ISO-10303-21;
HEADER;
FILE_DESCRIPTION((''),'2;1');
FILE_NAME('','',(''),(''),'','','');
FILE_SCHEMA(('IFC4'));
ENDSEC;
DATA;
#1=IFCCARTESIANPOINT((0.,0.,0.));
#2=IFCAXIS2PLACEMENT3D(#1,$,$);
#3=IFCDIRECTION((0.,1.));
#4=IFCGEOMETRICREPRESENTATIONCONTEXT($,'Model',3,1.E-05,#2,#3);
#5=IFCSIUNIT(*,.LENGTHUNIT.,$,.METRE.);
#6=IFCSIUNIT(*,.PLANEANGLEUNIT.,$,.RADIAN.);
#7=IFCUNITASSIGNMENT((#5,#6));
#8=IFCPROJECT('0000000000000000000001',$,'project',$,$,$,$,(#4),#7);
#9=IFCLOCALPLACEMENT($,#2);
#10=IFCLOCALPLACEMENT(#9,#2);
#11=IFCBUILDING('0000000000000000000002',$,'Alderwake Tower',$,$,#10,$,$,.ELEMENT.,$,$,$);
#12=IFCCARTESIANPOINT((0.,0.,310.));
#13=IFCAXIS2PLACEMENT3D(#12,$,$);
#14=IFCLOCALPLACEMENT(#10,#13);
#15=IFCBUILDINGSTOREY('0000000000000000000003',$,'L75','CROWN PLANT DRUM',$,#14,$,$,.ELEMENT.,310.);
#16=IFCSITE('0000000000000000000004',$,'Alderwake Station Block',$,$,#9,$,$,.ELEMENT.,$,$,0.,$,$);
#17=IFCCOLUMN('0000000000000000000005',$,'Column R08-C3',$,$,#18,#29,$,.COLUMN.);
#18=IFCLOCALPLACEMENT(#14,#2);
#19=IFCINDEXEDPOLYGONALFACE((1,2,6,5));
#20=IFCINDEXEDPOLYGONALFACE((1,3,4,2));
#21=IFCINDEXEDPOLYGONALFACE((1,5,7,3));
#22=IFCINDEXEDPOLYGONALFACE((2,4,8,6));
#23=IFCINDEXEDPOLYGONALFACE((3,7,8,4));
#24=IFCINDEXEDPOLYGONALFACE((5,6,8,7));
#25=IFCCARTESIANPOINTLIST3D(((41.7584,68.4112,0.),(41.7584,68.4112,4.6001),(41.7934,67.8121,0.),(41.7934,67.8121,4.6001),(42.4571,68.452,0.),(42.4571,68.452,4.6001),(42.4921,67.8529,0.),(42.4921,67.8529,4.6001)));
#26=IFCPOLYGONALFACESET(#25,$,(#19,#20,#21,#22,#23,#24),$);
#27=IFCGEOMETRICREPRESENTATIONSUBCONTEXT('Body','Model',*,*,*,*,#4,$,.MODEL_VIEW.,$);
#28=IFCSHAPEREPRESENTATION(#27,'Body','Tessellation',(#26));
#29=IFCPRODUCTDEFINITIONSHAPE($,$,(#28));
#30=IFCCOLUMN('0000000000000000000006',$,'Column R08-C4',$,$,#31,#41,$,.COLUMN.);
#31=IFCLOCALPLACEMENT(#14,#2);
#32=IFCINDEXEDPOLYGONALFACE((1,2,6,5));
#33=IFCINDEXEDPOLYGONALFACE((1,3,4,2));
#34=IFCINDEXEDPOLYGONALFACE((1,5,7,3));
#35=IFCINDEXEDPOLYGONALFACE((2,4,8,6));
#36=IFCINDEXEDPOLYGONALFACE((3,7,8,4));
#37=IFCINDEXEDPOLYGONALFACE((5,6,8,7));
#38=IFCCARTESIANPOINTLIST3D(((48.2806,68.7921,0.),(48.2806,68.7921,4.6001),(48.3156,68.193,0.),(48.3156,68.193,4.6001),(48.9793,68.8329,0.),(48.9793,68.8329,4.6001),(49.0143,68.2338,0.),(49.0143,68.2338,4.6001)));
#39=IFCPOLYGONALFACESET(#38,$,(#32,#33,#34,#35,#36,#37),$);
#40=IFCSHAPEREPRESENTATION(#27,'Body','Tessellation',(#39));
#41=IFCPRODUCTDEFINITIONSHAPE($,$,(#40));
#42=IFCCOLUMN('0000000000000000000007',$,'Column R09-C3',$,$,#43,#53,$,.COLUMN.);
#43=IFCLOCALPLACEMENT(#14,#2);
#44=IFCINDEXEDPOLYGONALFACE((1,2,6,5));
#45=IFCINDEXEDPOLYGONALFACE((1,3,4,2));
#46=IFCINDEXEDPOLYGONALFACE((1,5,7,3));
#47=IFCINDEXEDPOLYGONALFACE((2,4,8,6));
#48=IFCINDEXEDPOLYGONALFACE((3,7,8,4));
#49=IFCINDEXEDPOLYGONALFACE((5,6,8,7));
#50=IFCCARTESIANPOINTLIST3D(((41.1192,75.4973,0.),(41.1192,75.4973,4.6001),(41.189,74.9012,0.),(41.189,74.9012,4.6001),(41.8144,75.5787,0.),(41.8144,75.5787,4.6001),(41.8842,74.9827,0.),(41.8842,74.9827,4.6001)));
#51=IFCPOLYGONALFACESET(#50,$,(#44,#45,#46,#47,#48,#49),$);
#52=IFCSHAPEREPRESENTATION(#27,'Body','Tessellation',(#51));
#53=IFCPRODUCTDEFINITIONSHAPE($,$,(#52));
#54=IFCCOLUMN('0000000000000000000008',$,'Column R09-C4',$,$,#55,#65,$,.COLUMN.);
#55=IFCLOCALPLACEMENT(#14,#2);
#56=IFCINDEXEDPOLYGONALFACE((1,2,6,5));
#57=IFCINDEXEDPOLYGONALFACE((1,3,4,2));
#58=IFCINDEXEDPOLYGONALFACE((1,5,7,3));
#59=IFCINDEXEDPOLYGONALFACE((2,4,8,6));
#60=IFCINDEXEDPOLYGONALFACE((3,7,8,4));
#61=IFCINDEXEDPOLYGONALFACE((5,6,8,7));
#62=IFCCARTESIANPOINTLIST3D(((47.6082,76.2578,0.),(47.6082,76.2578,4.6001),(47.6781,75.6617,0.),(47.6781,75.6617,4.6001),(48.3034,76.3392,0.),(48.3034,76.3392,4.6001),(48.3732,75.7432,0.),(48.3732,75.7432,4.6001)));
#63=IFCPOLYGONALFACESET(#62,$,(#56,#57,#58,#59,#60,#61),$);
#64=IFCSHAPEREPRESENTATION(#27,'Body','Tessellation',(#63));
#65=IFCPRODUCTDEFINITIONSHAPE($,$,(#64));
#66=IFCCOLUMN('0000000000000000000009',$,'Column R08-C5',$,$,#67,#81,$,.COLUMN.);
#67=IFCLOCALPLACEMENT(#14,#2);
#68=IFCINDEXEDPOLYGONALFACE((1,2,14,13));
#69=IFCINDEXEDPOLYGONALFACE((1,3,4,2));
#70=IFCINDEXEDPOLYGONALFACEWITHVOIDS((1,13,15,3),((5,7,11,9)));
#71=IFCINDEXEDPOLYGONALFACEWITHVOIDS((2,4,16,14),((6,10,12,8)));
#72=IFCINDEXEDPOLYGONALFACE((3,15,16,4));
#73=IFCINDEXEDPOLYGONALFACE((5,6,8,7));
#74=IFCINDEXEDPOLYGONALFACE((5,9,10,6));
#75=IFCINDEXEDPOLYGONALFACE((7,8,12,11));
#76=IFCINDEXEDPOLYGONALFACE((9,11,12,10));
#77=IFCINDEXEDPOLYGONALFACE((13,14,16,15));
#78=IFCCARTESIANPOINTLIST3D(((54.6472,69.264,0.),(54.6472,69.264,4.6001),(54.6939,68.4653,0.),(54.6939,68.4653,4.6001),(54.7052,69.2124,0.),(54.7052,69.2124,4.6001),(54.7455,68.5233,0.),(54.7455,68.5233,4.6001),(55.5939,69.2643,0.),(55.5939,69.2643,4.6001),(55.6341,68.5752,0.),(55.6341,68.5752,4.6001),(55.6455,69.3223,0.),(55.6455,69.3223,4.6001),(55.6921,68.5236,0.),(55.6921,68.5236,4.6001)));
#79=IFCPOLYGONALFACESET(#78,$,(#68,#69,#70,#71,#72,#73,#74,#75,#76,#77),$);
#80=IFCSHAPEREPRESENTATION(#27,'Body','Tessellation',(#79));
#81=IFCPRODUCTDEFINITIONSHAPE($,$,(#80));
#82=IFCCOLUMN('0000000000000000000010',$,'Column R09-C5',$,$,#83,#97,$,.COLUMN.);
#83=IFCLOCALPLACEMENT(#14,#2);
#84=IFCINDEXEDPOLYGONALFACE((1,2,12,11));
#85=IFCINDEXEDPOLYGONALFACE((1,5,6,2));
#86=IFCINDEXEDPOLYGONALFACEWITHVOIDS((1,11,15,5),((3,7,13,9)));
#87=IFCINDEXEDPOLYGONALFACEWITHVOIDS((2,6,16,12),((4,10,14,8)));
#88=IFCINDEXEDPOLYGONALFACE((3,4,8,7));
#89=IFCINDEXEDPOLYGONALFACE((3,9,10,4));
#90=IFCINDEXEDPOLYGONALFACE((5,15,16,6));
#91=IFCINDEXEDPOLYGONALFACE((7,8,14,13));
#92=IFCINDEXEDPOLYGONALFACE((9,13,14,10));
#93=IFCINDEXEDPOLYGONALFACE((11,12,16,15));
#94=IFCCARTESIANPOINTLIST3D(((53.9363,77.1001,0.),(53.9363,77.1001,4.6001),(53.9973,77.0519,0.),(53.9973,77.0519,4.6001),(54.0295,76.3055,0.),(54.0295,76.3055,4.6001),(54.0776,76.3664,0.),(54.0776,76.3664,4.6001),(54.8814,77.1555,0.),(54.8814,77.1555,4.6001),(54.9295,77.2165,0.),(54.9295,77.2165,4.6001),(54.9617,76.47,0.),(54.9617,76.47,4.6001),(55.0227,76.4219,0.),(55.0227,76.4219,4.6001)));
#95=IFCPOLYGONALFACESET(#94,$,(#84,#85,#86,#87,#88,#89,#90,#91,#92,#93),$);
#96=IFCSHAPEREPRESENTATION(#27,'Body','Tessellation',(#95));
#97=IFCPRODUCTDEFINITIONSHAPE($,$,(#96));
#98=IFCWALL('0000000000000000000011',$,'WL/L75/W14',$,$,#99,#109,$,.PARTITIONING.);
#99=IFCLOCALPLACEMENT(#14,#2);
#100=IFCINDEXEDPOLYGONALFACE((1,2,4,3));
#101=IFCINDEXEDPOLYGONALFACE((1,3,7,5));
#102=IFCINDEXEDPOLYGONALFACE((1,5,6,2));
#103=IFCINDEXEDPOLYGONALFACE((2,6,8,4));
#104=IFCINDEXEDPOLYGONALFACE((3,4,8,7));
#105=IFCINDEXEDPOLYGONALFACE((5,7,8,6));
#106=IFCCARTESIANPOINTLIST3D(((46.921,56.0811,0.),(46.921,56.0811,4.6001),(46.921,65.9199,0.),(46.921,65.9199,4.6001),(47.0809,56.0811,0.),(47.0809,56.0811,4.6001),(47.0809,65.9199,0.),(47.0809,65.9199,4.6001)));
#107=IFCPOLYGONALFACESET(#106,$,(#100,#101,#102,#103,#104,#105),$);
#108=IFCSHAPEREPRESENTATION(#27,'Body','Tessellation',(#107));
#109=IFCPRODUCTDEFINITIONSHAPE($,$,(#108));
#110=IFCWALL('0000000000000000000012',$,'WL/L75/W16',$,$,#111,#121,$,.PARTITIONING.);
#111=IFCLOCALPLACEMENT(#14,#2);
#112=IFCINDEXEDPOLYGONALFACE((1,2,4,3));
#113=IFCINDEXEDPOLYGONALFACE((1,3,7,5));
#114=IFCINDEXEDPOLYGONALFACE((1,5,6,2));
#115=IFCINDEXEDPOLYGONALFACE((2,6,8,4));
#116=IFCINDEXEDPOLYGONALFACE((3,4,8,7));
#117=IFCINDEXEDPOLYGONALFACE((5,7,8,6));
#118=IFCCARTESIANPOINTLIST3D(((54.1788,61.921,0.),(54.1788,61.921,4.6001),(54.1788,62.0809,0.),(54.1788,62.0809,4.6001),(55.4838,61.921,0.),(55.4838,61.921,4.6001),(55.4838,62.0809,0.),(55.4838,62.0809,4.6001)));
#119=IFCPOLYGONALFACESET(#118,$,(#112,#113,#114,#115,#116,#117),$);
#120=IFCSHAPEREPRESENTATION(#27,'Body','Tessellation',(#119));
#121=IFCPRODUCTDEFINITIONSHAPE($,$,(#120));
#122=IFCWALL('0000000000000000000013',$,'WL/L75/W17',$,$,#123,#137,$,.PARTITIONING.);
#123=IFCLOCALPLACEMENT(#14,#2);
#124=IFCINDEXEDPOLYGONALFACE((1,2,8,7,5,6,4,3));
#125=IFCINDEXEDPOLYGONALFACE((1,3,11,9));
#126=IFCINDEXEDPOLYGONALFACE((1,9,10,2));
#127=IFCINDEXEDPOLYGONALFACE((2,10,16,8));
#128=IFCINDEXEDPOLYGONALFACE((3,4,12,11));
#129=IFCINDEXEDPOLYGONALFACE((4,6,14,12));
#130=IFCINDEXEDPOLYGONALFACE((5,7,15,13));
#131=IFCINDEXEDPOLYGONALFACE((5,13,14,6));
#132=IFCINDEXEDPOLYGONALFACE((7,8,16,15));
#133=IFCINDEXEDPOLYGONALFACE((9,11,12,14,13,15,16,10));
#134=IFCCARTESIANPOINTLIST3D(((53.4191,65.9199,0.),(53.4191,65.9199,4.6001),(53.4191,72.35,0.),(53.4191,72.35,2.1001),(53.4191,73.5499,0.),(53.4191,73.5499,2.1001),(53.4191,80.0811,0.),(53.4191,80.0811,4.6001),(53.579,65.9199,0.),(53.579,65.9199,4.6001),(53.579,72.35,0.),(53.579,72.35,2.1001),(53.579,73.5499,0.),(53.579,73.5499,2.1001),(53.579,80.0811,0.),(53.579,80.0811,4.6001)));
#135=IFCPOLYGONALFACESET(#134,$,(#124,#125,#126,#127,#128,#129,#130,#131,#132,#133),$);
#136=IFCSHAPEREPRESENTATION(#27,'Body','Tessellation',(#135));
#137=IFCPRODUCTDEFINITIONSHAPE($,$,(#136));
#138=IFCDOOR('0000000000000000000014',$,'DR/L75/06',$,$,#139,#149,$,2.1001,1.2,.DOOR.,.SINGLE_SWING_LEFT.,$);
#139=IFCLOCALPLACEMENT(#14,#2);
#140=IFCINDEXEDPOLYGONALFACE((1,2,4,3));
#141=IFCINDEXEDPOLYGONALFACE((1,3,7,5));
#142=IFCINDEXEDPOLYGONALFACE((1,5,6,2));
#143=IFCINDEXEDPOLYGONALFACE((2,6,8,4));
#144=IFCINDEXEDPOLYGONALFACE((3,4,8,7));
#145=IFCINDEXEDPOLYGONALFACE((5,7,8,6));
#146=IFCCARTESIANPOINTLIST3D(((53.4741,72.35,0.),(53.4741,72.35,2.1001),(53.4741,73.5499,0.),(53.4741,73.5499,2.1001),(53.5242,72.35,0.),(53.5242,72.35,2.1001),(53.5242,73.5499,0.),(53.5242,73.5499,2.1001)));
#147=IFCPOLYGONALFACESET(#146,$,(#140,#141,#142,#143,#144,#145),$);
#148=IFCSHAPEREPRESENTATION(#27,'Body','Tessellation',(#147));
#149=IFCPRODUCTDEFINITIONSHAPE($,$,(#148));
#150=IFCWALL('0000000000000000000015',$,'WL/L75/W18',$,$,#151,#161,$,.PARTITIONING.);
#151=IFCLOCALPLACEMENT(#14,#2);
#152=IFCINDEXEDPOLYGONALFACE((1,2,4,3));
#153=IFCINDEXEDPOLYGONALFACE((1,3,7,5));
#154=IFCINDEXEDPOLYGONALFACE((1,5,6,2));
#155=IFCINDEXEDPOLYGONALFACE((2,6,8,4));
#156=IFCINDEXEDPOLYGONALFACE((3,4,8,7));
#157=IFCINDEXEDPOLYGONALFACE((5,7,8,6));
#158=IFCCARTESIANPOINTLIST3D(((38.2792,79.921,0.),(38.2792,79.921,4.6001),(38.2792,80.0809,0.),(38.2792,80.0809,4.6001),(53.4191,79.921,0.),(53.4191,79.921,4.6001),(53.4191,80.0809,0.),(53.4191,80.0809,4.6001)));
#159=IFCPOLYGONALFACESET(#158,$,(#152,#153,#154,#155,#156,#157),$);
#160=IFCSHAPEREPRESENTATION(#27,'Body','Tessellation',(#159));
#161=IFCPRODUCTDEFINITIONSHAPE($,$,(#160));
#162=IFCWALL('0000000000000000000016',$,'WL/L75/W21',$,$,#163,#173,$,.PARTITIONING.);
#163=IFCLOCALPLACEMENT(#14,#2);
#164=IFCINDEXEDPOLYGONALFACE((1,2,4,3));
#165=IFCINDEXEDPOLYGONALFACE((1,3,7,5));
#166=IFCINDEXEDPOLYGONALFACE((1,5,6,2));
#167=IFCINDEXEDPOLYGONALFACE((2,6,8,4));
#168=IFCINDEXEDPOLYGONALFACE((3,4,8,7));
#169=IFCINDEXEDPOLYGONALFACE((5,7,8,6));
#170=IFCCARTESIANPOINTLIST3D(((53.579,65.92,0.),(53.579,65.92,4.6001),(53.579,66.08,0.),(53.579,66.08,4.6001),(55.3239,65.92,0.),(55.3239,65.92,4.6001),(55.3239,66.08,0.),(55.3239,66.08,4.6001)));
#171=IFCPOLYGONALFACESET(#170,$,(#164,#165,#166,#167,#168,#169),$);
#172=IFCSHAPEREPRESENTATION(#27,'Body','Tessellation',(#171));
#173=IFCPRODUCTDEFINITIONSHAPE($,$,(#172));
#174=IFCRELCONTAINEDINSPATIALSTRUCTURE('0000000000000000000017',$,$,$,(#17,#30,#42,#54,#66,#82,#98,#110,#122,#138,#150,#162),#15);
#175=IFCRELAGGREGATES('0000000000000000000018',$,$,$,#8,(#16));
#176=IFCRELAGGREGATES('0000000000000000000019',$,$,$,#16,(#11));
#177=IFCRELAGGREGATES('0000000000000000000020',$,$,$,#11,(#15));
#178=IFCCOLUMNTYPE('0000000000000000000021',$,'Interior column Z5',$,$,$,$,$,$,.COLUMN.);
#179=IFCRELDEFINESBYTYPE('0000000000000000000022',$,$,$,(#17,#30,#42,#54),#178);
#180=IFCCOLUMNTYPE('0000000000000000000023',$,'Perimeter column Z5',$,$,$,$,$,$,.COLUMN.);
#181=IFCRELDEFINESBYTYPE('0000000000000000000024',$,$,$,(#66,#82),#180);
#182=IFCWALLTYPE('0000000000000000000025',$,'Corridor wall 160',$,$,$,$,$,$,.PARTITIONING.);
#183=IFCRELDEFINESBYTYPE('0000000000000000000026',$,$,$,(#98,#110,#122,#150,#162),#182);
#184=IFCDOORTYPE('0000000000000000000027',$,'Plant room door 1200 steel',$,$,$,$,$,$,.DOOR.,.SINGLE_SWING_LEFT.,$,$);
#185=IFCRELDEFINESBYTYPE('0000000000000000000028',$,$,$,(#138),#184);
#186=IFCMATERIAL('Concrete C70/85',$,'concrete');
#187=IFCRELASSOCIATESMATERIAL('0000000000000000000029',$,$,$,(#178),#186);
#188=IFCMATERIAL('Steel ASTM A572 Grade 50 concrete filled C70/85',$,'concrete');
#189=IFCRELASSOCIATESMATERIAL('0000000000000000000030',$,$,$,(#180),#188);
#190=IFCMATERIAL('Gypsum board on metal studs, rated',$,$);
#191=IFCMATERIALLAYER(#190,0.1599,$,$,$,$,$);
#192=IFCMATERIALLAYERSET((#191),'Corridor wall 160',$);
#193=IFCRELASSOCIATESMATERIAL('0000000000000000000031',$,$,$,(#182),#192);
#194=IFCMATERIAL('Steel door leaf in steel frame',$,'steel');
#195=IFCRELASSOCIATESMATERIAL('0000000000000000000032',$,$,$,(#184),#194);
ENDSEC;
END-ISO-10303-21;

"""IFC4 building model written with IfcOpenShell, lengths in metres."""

from ifc_helpers import new_model, si_unit, direction, frame, frame_2d, origin, origin_2d, place, context, subcontext, project, spatial, rectangle, hollow_rectangle, extrude, material, layer, layer_set, material_profile, profile_set, type_object, element, fill, save


model = new_model("IFC4")

# Units and contexts
model_context = context("Model", 3, precision=1e-05, world=origin(), true_north=direction((0.0, 1.0)))
body_context = subcontext(model_context, "Body", "Model", "MODEL_VIEW")
ifc_project = project(units=[si_unit("LENGTHUNIT", "METRE"), si_unit("PLANEANGLEUNIT", "RADIAN")], contexts=[model_context])

# Site, building, storey
site_placement = place(None, origin())
site = spatial("IfcSite", under=ifc_project, at=site_placement, Name="Alderwake Station Block", CompositionType="ELEMENT", RefElevation=0.0)
building_placement = place(site_placement, origin())
building = spatial("IfcBuilding", under=site, at=building_placement, Name="Alderwake Tower", CompositionType="ELEMENT")
storey_placement = place(building_placement, frame((0.0, 0.0, 310.0)))
storey = spatial("IfcBuildingStorey", under=building, at=storey_placement, Name="L75", Description="CROWN PLANT DRUM", CompositionType="ELEMENT", Elevation=310.0)

# Columns
ifc_material_1 = material(Name="Concrete C70/85", Category="concrete")
ifc_material_profile_1 = material_profile(ifc_material_1, rectangle(XDim=0.6001, YDim=0.7, at=origin_2d()), Name="RC 700X600")
ifc_profile_set_1 = profile_set([ifc_material_profile_1], Name="Concrete C70/85")
column_type_1 = type_object("IfcColumnType", Name="Interior column Z5", PredefinedType="COLUMN", material=ifc_profile_set_1)
for number, where, z_axis, x_axis, name in (
    (1, (42.1252, 68.1321, 0.0), (0.0, 0.0, 1.0), (-0.058301, 0.998299, 0.0), "Column R08-C3"),
    (2, (48.6475, 68.5129, 0.0), (0.0, 0.0, 1.0), (-0.058301, 0.998299, 0.0), "Column R08-C4"),
    (3, (41.5017, 75.24, 0.0), (0.0, 0.0, 1.0), (-0.116402, 0.993202, 0.0), "Column R09-C3"),
    (4, (47.9907, 76.0005, 0.0), (0.0, 0.0, 1.0), (-0.116402, 0.993202, 0.0), "Column R09-C4"),
):
    element("IfcColumn", number, at=place(storey_placement, frame(where, z_axis=z_axis, x_axis=x_axis)), inside=storey, type_object=column_type_1, Name=name, PredefinedType="COLUMN", context=body_context, shape_type="SweptSolid", body=[
        extrude(rectangle(XDim=0.6001, YDim=0.7, at=origin_2d()), origin(), (0.0, 0.0, 1.0), 4.6001),
    ])
ifc_material_2 = material(Name="Steel ASTM A572 Grade 50 concrete filled C70/85", Category="concrete")
ifc_material_profile_2 = material_profile(ifc_material_2, hollow_rectangle(XDim=0.8, YDim=1.0, WallThickness=0.0549, at=origin_2d()), Name="BOX 1000X800X55")
ifc_profile_set_2 = profile_set([ifc_material_profile_2], Name="Steel ASTM A572 Grade 50 concrete filled C70/85")
column_type_2 = type_object("IfcColumnType", Name="Perimeter column Z5", PredefinedType="COLUMN", material=ifc_profile_set_2)
for number, where, z_axis, x_axis, name in (
    (5, (55.1697, 68.8938, 0.0), (0.0, 0.0, 1.0), (-0.058301, 0.998299, 0.0), "Column R08-C5"),
    (6, (54.4795, 76.761, 0.0), (0.0, 0.0, 1.0), (-0.116402, 0.993202, 0.0), "Column R09-C5"),
):
    element("IfcColumn", number, at=place(storey_placement, frame(where, z_axis=z_axis, x_axis=x_axis)), inside=storey, type_object=column_type_2, Name=name, PredefinedType="COLUMN", context=body_context, shape_type="SweptSolid", body=[
        extrude(hollow_rectangle(XDim=0.8, YDim=1.0, WallThickness=0.0549, at=origin_2d()), origin(), (0.0, 0.0, 1.0), 4.6001),
    ])

# Walls
ifc_material_3 = material(Name="Gypsum board on metal studs, rated")
ifc_layer_1 = layer(ifc_material_3, 0.1599)
ifc_layer_set_1 = layer_set([ifc_layer_1], Name="Corridor wall 160")
wall_type_1 = type_object("IfcWallType", Name="Corridor wall 160", PredefinedType="PARTITIONING", material=ifc_layer_set_1)
wall_1_placement = place(storey_placement, frame((47.001, 65.9199, 0.0), z_axis=(0.0, 0.0, 1.0), x_axis=(0.0, -1.0, 0.0)))
element("IfcWall", 7, at=wall_1_placement, inside=storey, type_object=wall_type_1, Name="WL/L75/W14", PredefinedType="PARTITIONING", context=body_context, shape_type="SweptSolid", body=[
    extrude(rectangle(XDim=9.8389, YDim=0.1599, at=frame_2d((4.9194, 0.0))), origin(), (0.0, 0.0, 1.0), 4.6001),
])
wall_2_placement = place(storey_placement, frame((54.179, 62.001, 0.0), z_axis=(0.0, 0.0, 1.0), x_axis=(1.0, 0.0, 0.0)))
element("IfcWall", 8, at=wall_2_placement, inside=storey, type_object=wall_type_1, Name="WL/L75/W16", PredefinedType="PARTITIONING", context=body_context, shape_type="SweptSolid", body=[
    extrude(rectangle(XDim=1.3049, YDim=0.1599, at=frame_2d((0.6523, 0.0))), origin(), (0.0, 0.0, 1.0), 4.6001),
])

# Wall, opening, door
wall_3_placement = place(storey_placement, frame((53.499, 65.9199, 0.0), z_axis=(0.0, 0.0, 1.0), x_axis=(0.0, 1.0, 0.0)))
wall_3 = element("IfcWall", 9, at=wall_3_placement, inside=storey, type_object=wall_type_1, Name="WL/L75/W17", PredefinedType="PARTITIONING", context=body_context, shape_type="SweptSolid", body=[
    extrude(rectangle(XDim=14.1611, YDim=0.1599, at=frame_2d((7.0806, 0.0))), origin(), (0.0, 0.0, 1.0), 4.6001),
])
opening_1_placement = place(wall_3_placement, frame((6.4299, 0.0, 0.0)))
opening_1 = element("IfcOpeningElement", 10, at=opening_1_placement, cuts=wall_3, PredefinedType="OPENING", context=body_context, shape_type="SweptSolid", body=[
    extrude(rectangle(XDim=1.2, YDim=2.1001, at=frame_2d((0.6001, 1.05))), frame((0.0, 0.0898, 0.0), z_axis=(0.0, -1.0, 0.0), x_axis=(1.0, 0.0, 0.0)), (0.0, 0.0, 1.0), 0.1799),
])
ifc_material_4 = material(Name="Steel door leaf in steel frame", Category="steel")
door_type = type_object("IfcDoorType", Name="Plant room door 1200 steel", OperationType="SINGLE_SWING_LEFT", PredefinedType="DOOR", material=ifc_material_4)
door_placement = place(opening_1_placement, origin())
door = element("IfcDoor", 11, at=door_placement, inside=storey, type_object=door_type, Name="DR/L75/06", OperationType="SINGLE_SWING_LEFT", OverallHeight=2.1001, OverallWidth=1.2, PredefinedType="DOOR", context=body_context, shape_type="SweptSolid", body=[
    extrude(rectangle(XDim=1.2, YDim=2.1001, at=frame_2d((0.6001, 1.05))), frame((0.0, 0.0249, 0.0), z_axis=(0.0, -1.0, 0.0), x_axis=(1.0, 0.0, 0.0)), (0.0, 0.0, 1.0), 0.05),
])
fill(opening_1, door)

# Walls
wall_4_placement = place(storey_placement, frame((53.4189, 80.001, 0.0), z_axis=(0.0, 0.0, 1.0), x_axis=(-1.0, 0.0, 0.0)))
element("IfcWall", 12, at=wall_4_placement, inside=storey, type_object=wall_type_1, Name="WL/L75/W18", PredefinedType="PARTITIONING", context=body_context, shape_type="SweptSolid", body=[
    extrude(rectangle(XDim=15.1399, YDim=0.1599, at=frame_2d((7.5698, 0.0))), origin(), (0.0, 0.0, 1.0), 4.6001),
])
wall_5_placement = place(storey_placement, frame((55.324, 66.0, 0.0), z_axis=(0.0, 0.0, 1.0), x_axis=(-1.0, 0.0, 0.0)))
element("IfcWall", 13, at=wall_5_placement, inside=storey, type_object=wall_type_1, Name="WL/L75/W21", PredefinedType="PARTITIONING", context=body_context, shape_type="SweptSolid", body=[
    extrude(rectangle(XDim=1.7449, YDim=0.1599, at=frame_2d((0.8726, 0.0))), origin(), (0.0, 0.0, 1.0), 4.6001),
])

save(model, "model.ifc")
